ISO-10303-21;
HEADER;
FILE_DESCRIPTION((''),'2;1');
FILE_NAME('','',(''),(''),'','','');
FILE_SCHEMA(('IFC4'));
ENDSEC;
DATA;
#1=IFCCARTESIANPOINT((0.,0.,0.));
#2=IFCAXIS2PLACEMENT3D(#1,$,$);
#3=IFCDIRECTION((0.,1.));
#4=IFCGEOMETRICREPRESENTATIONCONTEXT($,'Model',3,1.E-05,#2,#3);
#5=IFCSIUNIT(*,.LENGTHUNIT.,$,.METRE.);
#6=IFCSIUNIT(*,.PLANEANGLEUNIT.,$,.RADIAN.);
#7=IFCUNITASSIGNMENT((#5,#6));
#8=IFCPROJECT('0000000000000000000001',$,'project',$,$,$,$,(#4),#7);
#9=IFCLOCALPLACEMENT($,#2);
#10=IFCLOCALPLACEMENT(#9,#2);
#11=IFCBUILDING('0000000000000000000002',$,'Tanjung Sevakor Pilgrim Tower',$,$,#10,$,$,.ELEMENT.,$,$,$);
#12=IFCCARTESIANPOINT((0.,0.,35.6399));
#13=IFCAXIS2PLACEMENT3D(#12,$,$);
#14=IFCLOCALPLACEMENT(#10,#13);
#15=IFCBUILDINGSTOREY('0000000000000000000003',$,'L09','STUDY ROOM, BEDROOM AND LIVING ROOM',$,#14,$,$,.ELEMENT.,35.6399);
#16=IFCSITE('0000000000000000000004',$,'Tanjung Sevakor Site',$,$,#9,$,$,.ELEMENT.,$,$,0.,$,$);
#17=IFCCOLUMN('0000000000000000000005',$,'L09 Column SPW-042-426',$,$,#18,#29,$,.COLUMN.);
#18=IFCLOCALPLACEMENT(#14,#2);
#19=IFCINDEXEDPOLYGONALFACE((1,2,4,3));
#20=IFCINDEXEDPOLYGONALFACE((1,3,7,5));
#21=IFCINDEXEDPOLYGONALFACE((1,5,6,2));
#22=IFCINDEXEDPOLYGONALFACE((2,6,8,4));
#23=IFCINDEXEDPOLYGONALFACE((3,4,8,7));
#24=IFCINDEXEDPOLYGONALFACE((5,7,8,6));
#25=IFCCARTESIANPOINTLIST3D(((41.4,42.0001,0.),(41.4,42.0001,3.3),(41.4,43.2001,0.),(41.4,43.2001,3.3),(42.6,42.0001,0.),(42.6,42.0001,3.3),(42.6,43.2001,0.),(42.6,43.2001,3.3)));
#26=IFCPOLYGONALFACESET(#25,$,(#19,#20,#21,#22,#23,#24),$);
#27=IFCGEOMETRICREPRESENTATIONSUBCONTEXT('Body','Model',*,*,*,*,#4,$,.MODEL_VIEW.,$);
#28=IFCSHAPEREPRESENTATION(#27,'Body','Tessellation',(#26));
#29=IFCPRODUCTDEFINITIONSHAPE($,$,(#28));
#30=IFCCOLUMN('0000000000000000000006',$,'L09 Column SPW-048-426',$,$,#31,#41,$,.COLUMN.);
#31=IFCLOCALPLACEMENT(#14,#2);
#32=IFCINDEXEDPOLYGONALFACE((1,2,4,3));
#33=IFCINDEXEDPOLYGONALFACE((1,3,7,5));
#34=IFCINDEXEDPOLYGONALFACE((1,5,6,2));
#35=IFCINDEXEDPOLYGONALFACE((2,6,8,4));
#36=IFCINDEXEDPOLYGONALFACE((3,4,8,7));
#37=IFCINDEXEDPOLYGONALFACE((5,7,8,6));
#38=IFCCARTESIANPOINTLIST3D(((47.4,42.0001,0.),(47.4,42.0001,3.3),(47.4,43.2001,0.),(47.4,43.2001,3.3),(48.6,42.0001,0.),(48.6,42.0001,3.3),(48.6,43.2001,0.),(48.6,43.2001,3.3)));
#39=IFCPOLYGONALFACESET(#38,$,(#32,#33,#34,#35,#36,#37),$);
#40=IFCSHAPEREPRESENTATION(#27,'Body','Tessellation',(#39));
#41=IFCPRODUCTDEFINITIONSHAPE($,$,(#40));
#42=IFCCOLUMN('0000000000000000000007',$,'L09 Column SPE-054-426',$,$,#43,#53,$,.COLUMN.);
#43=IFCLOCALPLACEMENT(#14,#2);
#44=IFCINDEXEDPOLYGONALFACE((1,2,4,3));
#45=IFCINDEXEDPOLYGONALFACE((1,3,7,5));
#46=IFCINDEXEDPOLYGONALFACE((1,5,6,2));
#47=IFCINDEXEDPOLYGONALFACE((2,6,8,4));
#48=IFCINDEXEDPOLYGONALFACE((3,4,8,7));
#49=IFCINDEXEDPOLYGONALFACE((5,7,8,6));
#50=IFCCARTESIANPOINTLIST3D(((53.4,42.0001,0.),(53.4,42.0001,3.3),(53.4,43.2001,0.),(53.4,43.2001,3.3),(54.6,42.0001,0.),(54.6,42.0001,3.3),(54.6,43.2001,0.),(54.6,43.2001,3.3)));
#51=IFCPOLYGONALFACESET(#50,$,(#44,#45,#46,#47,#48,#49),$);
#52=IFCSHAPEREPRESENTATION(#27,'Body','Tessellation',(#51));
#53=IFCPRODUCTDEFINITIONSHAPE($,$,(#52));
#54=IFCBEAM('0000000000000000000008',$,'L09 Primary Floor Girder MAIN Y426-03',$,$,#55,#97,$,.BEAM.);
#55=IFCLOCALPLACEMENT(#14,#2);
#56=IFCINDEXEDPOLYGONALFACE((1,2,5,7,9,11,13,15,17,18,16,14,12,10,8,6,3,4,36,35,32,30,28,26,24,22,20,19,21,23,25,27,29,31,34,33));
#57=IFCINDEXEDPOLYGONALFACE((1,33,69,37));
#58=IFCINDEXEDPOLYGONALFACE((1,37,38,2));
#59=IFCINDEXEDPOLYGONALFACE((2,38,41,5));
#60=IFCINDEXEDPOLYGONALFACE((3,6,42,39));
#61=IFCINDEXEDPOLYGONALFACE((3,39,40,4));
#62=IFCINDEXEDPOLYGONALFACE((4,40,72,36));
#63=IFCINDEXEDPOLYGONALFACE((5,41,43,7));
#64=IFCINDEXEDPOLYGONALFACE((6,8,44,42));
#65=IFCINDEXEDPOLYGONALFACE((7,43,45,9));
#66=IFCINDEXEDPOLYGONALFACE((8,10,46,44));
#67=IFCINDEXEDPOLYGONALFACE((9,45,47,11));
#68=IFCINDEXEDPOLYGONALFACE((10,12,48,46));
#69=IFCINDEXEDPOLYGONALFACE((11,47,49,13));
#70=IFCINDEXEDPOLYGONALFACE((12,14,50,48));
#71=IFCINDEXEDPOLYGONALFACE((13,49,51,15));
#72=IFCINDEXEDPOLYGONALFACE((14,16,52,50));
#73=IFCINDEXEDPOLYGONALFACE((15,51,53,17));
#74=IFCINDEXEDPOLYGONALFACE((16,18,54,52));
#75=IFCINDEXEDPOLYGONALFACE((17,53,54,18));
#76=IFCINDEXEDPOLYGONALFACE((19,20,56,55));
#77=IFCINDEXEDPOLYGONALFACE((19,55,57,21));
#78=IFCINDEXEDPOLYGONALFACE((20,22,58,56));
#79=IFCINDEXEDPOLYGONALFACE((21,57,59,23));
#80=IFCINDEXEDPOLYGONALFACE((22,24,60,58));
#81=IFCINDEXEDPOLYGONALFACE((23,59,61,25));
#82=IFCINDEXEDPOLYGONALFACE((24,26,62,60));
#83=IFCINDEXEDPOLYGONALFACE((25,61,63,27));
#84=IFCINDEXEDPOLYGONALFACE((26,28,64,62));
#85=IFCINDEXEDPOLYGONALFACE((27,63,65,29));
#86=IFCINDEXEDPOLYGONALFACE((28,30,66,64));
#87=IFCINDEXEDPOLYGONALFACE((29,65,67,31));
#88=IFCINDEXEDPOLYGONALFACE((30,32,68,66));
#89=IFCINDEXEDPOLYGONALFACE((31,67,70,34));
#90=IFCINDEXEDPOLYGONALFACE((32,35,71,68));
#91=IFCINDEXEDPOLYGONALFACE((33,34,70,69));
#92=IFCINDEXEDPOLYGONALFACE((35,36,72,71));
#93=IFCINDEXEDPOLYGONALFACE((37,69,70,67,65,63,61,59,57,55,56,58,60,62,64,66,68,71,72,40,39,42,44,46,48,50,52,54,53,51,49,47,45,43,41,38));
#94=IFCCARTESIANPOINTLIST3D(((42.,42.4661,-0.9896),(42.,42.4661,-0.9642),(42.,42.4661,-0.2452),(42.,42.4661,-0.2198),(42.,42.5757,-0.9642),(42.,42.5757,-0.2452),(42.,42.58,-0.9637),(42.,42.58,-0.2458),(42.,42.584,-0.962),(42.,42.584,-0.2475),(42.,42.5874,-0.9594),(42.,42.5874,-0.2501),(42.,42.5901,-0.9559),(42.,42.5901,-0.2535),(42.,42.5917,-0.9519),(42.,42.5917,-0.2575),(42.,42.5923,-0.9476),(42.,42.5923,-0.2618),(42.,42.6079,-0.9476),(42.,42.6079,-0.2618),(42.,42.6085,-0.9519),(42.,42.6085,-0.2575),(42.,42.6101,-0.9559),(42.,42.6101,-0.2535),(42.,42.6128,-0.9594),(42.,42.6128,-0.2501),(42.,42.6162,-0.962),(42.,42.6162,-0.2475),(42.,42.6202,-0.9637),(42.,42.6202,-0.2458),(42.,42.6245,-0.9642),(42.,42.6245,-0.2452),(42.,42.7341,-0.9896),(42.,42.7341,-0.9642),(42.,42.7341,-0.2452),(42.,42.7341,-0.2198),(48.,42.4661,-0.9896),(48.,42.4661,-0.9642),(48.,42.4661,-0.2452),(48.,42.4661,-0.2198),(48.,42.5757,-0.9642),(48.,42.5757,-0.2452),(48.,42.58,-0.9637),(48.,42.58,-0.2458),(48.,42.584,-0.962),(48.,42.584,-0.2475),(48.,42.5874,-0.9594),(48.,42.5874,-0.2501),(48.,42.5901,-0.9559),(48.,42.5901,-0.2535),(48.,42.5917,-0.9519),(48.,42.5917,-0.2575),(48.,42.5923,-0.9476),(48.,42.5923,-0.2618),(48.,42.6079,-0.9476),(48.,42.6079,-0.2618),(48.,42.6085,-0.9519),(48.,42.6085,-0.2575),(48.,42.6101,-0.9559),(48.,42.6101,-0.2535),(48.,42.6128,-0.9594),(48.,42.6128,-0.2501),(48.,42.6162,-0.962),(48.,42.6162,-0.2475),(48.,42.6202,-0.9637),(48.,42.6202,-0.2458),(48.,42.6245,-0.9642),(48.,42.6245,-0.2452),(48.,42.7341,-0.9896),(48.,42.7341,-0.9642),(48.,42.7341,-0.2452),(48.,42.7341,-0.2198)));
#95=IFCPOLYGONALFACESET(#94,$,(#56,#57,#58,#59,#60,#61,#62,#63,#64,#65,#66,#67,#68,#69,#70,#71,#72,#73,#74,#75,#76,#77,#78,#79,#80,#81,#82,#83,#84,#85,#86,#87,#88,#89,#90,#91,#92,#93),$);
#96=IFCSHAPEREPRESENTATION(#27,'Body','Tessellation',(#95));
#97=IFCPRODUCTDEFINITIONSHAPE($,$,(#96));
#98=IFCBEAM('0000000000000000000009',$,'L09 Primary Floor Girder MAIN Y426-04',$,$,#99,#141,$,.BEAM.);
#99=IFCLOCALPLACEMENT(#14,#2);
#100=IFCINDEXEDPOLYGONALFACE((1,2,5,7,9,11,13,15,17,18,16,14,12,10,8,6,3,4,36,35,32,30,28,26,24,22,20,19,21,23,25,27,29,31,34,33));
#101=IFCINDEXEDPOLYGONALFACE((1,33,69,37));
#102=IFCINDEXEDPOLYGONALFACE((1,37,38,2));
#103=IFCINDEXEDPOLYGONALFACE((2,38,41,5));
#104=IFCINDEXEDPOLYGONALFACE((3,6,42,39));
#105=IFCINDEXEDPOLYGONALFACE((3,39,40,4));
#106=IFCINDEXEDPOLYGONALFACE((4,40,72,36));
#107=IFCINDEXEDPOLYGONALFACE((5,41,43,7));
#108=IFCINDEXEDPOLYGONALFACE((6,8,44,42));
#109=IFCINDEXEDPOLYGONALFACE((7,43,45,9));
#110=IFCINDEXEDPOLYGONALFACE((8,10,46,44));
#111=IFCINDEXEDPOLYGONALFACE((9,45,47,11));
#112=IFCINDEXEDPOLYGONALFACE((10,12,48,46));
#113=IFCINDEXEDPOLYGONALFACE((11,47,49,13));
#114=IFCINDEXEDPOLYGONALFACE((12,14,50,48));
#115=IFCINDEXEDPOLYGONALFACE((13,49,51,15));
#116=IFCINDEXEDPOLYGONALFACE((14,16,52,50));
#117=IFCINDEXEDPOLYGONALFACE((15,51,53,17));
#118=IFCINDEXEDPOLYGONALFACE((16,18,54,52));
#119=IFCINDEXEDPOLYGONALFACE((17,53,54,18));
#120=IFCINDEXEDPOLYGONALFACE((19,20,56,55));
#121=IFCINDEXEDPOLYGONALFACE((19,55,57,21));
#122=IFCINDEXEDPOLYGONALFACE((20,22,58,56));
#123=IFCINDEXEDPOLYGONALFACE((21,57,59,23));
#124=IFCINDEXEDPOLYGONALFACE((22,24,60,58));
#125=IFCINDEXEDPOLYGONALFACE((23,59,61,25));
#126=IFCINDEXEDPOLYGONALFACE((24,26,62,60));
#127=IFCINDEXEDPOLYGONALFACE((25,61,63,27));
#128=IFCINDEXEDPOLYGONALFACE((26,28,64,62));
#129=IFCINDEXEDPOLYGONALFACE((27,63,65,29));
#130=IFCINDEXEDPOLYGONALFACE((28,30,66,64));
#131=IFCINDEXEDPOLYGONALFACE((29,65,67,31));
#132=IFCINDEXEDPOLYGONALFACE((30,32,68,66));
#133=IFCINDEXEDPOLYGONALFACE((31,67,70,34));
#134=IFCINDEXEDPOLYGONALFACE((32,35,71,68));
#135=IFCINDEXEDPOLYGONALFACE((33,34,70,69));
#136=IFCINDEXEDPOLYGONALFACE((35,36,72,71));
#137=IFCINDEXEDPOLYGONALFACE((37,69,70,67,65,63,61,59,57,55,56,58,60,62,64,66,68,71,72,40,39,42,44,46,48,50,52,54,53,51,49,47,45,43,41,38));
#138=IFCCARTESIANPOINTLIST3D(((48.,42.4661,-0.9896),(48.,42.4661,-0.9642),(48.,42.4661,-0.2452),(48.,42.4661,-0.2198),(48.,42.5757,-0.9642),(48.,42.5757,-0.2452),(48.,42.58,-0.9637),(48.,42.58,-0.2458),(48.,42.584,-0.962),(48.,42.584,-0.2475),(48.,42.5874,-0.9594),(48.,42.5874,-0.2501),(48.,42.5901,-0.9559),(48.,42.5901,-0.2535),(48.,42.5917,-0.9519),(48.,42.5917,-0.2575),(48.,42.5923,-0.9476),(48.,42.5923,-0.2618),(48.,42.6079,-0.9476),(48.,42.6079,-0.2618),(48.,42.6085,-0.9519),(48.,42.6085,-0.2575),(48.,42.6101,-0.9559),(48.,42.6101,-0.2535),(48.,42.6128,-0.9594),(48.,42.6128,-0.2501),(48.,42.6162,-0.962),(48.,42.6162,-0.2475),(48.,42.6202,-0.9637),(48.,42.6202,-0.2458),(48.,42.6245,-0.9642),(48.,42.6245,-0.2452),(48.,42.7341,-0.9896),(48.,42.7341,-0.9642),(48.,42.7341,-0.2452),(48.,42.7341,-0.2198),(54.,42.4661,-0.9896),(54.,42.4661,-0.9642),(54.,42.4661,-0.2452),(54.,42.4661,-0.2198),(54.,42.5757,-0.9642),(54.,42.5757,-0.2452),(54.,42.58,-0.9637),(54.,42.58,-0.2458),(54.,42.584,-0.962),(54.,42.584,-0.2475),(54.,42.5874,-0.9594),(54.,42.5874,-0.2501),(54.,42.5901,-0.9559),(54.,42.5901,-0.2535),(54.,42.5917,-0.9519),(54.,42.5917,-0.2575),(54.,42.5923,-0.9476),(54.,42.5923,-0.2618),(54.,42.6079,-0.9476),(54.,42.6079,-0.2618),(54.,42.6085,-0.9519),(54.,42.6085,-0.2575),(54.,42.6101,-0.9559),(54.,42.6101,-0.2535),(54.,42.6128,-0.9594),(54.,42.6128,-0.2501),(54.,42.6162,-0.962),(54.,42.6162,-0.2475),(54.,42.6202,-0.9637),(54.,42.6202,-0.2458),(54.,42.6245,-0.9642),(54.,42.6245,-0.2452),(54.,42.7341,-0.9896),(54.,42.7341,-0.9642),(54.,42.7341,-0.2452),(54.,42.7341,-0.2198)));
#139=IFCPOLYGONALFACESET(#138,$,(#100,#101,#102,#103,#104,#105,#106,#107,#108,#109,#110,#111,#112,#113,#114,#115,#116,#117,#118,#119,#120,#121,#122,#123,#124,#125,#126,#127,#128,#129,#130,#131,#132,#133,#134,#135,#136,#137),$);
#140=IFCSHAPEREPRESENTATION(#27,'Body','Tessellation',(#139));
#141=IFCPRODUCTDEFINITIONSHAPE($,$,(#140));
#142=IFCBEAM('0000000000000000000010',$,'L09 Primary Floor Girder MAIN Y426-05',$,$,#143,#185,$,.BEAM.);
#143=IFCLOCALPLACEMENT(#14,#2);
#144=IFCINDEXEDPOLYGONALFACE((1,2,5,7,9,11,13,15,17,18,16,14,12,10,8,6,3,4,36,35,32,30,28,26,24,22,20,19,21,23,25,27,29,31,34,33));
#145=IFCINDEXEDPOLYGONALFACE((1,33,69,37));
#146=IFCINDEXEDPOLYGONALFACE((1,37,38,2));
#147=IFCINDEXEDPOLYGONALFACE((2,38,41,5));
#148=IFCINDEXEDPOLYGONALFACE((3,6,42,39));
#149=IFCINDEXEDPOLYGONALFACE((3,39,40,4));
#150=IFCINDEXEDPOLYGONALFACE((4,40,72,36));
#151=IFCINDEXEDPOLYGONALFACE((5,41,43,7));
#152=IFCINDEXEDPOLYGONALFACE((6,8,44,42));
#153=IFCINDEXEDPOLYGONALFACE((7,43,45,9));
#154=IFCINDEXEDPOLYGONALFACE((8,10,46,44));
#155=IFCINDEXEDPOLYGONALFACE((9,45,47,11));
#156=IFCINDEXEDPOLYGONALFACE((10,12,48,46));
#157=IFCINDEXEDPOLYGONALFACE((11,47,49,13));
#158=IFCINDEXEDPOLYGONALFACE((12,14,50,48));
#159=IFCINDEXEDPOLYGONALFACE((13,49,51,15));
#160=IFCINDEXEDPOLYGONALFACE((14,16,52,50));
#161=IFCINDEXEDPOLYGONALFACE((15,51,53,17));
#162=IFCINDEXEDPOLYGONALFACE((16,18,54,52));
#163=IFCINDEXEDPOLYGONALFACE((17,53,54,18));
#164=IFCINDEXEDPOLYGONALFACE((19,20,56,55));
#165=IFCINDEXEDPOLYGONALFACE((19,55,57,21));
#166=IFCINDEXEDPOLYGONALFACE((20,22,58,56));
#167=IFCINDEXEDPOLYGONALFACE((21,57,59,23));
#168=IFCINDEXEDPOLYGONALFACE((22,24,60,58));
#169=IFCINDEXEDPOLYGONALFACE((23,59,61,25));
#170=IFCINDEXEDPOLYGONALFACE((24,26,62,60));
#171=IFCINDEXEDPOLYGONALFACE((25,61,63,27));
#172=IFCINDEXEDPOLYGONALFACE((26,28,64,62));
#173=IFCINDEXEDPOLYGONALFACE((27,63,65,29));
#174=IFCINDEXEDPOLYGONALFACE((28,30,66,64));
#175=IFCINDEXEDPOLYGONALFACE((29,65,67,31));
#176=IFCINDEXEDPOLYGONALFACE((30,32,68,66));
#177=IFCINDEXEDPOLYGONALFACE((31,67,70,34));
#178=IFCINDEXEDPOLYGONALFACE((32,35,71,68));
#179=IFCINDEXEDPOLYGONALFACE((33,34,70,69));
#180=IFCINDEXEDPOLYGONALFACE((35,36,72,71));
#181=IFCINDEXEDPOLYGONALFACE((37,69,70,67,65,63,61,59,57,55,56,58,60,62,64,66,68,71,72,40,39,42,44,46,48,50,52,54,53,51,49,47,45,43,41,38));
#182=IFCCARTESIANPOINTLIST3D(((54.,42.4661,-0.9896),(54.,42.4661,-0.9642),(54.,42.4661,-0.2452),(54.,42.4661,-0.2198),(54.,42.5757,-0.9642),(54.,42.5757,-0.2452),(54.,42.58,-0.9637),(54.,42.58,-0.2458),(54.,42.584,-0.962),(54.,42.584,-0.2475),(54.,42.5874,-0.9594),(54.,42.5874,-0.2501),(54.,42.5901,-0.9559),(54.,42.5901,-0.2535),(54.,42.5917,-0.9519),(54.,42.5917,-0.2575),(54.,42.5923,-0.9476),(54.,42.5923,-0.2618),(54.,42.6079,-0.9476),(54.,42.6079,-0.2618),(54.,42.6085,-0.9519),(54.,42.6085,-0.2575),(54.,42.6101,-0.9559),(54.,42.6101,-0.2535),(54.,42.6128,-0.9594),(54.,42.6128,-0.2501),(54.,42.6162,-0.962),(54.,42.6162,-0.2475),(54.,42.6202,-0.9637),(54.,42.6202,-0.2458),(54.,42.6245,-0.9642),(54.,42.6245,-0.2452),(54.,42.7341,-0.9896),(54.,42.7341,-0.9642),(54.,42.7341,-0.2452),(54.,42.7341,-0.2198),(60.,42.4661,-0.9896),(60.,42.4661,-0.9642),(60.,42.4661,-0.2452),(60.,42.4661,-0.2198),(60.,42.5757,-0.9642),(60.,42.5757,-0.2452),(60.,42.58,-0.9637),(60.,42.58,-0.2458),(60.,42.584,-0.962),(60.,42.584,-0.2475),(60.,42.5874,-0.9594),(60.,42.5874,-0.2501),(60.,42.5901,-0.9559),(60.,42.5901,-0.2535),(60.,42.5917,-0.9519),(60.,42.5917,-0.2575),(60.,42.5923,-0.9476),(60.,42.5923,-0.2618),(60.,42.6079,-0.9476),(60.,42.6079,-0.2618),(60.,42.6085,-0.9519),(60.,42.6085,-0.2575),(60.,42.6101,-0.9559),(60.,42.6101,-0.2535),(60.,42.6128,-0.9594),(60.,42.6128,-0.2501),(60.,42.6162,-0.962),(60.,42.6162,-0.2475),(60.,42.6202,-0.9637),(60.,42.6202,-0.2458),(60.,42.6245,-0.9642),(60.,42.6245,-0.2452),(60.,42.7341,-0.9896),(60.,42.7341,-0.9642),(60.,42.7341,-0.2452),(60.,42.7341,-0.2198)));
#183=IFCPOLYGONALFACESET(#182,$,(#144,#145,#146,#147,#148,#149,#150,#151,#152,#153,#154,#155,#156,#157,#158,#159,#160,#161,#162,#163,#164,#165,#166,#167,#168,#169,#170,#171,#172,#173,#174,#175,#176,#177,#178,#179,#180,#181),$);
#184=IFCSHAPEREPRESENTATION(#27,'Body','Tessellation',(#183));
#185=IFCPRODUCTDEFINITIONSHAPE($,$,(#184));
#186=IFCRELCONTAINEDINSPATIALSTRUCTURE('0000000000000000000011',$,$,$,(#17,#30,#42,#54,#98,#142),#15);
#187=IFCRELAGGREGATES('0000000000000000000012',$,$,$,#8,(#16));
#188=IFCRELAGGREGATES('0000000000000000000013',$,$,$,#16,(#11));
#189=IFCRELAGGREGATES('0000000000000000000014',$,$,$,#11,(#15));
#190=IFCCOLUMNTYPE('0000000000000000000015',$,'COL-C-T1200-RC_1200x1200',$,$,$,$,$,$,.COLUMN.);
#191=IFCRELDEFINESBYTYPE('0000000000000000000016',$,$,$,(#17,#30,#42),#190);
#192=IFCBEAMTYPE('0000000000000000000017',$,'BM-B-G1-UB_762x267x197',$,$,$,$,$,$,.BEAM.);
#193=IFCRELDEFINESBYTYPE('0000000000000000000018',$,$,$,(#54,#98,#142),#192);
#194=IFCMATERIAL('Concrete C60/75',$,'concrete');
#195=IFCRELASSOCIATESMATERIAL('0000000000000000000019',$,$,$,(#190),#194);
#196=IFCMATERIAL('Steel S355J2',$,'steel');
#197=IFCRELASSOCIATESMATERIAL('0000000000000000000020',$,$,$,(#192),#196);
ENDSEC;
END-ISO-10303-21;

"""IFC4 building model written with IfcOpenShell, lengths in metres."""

from ifc_helpers import new_model, si_unit, direction, frame, origin, origin_2d, place, context, subcontext, project, spatial, rectangle, i_section, extrude, material, material_profile, profile_set, type_object, element, save


model = new_model("IFC4")

# Units and contexts
model_context = context("Model", 3, precision=1e-05, world=origin(), true_north=direction((0.0, 1.0)))
body_context = subcontext(model_context, "Body", "Model", "MODEL_VIEW")
ifc_project = project(units=[si_unit("LENGTHUNIT", "METRE"), si_unit("PLANEANGLEUNIT", "RADIAN")], contexts=[model_context])

# Site, building, storey
site_placement = place(None, origin())
site = spatial("IfcSite", under=ifc_project, at=site_placement, Name="Tanjung Sevakor Site", CompositionType="ELEMENT", RefElevation=0.0)
building_placement = place(site_placement, origin())
building = spatial("IfcBuilding", under=site, at=building_placement, Name="Tanjung Sevakor Pilgrim Tower", CompositionType="ELEMENT")
storey_placement = place(building_placement, frame((0.0, 0.0, 35.6399)))
storey = spatial("IfcBuildingStorey", under=building, at=storey_placement, Name="L09", Description="STUDY ROOM, BEDROOM AND LIVING ROOM", CompositionType="ELEMENT", Elevation=35.6399)

# Columns
ifc_material_1 = material(Name="Concrete C60/75", Category="concrete")
ifc_material_profile_1 = material_profile(ifc_material_1, rectangle(XDim=1.2, YDim=1.2, at=origin_2d()))
ifc_profile_set_1 = profile_set([ifc_material_profile_1], Name="Concrete C60/75")
column_type = type_object("IfcColumnType", Name="COL-C-T1200-RC_1200x1200", PredefinedType="COLUMN", material=ifc_profile_set_1)
for number, where, z_axis, x_axis, name in (
    (1, (42.0, 42.6001, 0.0), (0.0, 0.0, 1.0), (1.0, 0.0, 0.0), "L09 Column SPW-042-426"),
    (2, (48.0, 42.6001, 0.0), (0.0, 0.0, 1.0), (1.0, 0.0, 0.0), "L09 Column SPW-048-426"),
    (3, (54.0, 42.6001, 0.0), (0.0, 0.0, 1.0), (1.0, 0.0, 0.0), "L09 Column SPE-054-426"),
):
    element("IfcColumn", number, at=place(storey_placement, frame(where, z_axis=z_axis, x_axis=x_axis)), inside=storey, type_object=column_type, Name=name, PredefinedType="COLUMN", context=body_context, shape_type="SweptSolid", body=[
        extrude(rectangle(XDim=1.2, YDim=1.2, at=origin_2d()), origin(), (0.0, 0.0, 1.0), 3.3),
    ])

# Beams
ifc_material_2 = material(Name="Steel S355J2", Category="steel")
ifc_material_profile_2 = material_profile(ifc_material_2, i_section(OverallWidth=0.2681, OverallDepth=0.7698, WebThickness=0.0156, FlangeThickness=0.0254, FilletRadius=0.0166, at=origin_2d()))
ifc_profile_set_2 = profile_set([ifc_material_profile_2], Name="Steel S355J2")
beam_type_1 = type_object("IfcBeamType", Name="BM-B-G1-UB_762x267x197", PredefinedType="BEAM", material=ifc_profile_set_2)
for number, where, z_axis, x_axis, name in (
    (4, (42.0, 42.6001, -0.6047), (1.0, 0.0, 0.0), (0.0, 1.0, 0.0), "L09 Primary Floor Girder MAIN Y426-03"),
    (5, (48.0, 42.6001, -0.6047), (1.0, 0.0, 0.0), (0.0, 1.0, 0.0), "L09 Primary Floor Girder MAIN Y426-04"),
    (6, (54.0, 42.6001, -0.6047), (1.0, 0.0, 0.0), (0.0, 1.0, 0.0), "L09 Primary Floor Girder MAIN Y426-05"),
):
    element("IfcBeam", number, at=place(storey_placement, frame(where, z_axis=z_axis, x_axis=x_axis)), inside=storey, type_object=beam_type_1, Name=name, PredefinedType="BEAM", context=body_context, shape_type="SweptSolid", body=[
        extrude(i_section(OverallWidth=0.2681, OverallDepth=0.7698, WebThickness=0.0156, FlangeThickness=0.0254, FilletRadius=0.0166, at=origin_2d()), origin(), (0.0, 0.0, 1.0), 6.0),
    ])

save(model, "model.ifc")
